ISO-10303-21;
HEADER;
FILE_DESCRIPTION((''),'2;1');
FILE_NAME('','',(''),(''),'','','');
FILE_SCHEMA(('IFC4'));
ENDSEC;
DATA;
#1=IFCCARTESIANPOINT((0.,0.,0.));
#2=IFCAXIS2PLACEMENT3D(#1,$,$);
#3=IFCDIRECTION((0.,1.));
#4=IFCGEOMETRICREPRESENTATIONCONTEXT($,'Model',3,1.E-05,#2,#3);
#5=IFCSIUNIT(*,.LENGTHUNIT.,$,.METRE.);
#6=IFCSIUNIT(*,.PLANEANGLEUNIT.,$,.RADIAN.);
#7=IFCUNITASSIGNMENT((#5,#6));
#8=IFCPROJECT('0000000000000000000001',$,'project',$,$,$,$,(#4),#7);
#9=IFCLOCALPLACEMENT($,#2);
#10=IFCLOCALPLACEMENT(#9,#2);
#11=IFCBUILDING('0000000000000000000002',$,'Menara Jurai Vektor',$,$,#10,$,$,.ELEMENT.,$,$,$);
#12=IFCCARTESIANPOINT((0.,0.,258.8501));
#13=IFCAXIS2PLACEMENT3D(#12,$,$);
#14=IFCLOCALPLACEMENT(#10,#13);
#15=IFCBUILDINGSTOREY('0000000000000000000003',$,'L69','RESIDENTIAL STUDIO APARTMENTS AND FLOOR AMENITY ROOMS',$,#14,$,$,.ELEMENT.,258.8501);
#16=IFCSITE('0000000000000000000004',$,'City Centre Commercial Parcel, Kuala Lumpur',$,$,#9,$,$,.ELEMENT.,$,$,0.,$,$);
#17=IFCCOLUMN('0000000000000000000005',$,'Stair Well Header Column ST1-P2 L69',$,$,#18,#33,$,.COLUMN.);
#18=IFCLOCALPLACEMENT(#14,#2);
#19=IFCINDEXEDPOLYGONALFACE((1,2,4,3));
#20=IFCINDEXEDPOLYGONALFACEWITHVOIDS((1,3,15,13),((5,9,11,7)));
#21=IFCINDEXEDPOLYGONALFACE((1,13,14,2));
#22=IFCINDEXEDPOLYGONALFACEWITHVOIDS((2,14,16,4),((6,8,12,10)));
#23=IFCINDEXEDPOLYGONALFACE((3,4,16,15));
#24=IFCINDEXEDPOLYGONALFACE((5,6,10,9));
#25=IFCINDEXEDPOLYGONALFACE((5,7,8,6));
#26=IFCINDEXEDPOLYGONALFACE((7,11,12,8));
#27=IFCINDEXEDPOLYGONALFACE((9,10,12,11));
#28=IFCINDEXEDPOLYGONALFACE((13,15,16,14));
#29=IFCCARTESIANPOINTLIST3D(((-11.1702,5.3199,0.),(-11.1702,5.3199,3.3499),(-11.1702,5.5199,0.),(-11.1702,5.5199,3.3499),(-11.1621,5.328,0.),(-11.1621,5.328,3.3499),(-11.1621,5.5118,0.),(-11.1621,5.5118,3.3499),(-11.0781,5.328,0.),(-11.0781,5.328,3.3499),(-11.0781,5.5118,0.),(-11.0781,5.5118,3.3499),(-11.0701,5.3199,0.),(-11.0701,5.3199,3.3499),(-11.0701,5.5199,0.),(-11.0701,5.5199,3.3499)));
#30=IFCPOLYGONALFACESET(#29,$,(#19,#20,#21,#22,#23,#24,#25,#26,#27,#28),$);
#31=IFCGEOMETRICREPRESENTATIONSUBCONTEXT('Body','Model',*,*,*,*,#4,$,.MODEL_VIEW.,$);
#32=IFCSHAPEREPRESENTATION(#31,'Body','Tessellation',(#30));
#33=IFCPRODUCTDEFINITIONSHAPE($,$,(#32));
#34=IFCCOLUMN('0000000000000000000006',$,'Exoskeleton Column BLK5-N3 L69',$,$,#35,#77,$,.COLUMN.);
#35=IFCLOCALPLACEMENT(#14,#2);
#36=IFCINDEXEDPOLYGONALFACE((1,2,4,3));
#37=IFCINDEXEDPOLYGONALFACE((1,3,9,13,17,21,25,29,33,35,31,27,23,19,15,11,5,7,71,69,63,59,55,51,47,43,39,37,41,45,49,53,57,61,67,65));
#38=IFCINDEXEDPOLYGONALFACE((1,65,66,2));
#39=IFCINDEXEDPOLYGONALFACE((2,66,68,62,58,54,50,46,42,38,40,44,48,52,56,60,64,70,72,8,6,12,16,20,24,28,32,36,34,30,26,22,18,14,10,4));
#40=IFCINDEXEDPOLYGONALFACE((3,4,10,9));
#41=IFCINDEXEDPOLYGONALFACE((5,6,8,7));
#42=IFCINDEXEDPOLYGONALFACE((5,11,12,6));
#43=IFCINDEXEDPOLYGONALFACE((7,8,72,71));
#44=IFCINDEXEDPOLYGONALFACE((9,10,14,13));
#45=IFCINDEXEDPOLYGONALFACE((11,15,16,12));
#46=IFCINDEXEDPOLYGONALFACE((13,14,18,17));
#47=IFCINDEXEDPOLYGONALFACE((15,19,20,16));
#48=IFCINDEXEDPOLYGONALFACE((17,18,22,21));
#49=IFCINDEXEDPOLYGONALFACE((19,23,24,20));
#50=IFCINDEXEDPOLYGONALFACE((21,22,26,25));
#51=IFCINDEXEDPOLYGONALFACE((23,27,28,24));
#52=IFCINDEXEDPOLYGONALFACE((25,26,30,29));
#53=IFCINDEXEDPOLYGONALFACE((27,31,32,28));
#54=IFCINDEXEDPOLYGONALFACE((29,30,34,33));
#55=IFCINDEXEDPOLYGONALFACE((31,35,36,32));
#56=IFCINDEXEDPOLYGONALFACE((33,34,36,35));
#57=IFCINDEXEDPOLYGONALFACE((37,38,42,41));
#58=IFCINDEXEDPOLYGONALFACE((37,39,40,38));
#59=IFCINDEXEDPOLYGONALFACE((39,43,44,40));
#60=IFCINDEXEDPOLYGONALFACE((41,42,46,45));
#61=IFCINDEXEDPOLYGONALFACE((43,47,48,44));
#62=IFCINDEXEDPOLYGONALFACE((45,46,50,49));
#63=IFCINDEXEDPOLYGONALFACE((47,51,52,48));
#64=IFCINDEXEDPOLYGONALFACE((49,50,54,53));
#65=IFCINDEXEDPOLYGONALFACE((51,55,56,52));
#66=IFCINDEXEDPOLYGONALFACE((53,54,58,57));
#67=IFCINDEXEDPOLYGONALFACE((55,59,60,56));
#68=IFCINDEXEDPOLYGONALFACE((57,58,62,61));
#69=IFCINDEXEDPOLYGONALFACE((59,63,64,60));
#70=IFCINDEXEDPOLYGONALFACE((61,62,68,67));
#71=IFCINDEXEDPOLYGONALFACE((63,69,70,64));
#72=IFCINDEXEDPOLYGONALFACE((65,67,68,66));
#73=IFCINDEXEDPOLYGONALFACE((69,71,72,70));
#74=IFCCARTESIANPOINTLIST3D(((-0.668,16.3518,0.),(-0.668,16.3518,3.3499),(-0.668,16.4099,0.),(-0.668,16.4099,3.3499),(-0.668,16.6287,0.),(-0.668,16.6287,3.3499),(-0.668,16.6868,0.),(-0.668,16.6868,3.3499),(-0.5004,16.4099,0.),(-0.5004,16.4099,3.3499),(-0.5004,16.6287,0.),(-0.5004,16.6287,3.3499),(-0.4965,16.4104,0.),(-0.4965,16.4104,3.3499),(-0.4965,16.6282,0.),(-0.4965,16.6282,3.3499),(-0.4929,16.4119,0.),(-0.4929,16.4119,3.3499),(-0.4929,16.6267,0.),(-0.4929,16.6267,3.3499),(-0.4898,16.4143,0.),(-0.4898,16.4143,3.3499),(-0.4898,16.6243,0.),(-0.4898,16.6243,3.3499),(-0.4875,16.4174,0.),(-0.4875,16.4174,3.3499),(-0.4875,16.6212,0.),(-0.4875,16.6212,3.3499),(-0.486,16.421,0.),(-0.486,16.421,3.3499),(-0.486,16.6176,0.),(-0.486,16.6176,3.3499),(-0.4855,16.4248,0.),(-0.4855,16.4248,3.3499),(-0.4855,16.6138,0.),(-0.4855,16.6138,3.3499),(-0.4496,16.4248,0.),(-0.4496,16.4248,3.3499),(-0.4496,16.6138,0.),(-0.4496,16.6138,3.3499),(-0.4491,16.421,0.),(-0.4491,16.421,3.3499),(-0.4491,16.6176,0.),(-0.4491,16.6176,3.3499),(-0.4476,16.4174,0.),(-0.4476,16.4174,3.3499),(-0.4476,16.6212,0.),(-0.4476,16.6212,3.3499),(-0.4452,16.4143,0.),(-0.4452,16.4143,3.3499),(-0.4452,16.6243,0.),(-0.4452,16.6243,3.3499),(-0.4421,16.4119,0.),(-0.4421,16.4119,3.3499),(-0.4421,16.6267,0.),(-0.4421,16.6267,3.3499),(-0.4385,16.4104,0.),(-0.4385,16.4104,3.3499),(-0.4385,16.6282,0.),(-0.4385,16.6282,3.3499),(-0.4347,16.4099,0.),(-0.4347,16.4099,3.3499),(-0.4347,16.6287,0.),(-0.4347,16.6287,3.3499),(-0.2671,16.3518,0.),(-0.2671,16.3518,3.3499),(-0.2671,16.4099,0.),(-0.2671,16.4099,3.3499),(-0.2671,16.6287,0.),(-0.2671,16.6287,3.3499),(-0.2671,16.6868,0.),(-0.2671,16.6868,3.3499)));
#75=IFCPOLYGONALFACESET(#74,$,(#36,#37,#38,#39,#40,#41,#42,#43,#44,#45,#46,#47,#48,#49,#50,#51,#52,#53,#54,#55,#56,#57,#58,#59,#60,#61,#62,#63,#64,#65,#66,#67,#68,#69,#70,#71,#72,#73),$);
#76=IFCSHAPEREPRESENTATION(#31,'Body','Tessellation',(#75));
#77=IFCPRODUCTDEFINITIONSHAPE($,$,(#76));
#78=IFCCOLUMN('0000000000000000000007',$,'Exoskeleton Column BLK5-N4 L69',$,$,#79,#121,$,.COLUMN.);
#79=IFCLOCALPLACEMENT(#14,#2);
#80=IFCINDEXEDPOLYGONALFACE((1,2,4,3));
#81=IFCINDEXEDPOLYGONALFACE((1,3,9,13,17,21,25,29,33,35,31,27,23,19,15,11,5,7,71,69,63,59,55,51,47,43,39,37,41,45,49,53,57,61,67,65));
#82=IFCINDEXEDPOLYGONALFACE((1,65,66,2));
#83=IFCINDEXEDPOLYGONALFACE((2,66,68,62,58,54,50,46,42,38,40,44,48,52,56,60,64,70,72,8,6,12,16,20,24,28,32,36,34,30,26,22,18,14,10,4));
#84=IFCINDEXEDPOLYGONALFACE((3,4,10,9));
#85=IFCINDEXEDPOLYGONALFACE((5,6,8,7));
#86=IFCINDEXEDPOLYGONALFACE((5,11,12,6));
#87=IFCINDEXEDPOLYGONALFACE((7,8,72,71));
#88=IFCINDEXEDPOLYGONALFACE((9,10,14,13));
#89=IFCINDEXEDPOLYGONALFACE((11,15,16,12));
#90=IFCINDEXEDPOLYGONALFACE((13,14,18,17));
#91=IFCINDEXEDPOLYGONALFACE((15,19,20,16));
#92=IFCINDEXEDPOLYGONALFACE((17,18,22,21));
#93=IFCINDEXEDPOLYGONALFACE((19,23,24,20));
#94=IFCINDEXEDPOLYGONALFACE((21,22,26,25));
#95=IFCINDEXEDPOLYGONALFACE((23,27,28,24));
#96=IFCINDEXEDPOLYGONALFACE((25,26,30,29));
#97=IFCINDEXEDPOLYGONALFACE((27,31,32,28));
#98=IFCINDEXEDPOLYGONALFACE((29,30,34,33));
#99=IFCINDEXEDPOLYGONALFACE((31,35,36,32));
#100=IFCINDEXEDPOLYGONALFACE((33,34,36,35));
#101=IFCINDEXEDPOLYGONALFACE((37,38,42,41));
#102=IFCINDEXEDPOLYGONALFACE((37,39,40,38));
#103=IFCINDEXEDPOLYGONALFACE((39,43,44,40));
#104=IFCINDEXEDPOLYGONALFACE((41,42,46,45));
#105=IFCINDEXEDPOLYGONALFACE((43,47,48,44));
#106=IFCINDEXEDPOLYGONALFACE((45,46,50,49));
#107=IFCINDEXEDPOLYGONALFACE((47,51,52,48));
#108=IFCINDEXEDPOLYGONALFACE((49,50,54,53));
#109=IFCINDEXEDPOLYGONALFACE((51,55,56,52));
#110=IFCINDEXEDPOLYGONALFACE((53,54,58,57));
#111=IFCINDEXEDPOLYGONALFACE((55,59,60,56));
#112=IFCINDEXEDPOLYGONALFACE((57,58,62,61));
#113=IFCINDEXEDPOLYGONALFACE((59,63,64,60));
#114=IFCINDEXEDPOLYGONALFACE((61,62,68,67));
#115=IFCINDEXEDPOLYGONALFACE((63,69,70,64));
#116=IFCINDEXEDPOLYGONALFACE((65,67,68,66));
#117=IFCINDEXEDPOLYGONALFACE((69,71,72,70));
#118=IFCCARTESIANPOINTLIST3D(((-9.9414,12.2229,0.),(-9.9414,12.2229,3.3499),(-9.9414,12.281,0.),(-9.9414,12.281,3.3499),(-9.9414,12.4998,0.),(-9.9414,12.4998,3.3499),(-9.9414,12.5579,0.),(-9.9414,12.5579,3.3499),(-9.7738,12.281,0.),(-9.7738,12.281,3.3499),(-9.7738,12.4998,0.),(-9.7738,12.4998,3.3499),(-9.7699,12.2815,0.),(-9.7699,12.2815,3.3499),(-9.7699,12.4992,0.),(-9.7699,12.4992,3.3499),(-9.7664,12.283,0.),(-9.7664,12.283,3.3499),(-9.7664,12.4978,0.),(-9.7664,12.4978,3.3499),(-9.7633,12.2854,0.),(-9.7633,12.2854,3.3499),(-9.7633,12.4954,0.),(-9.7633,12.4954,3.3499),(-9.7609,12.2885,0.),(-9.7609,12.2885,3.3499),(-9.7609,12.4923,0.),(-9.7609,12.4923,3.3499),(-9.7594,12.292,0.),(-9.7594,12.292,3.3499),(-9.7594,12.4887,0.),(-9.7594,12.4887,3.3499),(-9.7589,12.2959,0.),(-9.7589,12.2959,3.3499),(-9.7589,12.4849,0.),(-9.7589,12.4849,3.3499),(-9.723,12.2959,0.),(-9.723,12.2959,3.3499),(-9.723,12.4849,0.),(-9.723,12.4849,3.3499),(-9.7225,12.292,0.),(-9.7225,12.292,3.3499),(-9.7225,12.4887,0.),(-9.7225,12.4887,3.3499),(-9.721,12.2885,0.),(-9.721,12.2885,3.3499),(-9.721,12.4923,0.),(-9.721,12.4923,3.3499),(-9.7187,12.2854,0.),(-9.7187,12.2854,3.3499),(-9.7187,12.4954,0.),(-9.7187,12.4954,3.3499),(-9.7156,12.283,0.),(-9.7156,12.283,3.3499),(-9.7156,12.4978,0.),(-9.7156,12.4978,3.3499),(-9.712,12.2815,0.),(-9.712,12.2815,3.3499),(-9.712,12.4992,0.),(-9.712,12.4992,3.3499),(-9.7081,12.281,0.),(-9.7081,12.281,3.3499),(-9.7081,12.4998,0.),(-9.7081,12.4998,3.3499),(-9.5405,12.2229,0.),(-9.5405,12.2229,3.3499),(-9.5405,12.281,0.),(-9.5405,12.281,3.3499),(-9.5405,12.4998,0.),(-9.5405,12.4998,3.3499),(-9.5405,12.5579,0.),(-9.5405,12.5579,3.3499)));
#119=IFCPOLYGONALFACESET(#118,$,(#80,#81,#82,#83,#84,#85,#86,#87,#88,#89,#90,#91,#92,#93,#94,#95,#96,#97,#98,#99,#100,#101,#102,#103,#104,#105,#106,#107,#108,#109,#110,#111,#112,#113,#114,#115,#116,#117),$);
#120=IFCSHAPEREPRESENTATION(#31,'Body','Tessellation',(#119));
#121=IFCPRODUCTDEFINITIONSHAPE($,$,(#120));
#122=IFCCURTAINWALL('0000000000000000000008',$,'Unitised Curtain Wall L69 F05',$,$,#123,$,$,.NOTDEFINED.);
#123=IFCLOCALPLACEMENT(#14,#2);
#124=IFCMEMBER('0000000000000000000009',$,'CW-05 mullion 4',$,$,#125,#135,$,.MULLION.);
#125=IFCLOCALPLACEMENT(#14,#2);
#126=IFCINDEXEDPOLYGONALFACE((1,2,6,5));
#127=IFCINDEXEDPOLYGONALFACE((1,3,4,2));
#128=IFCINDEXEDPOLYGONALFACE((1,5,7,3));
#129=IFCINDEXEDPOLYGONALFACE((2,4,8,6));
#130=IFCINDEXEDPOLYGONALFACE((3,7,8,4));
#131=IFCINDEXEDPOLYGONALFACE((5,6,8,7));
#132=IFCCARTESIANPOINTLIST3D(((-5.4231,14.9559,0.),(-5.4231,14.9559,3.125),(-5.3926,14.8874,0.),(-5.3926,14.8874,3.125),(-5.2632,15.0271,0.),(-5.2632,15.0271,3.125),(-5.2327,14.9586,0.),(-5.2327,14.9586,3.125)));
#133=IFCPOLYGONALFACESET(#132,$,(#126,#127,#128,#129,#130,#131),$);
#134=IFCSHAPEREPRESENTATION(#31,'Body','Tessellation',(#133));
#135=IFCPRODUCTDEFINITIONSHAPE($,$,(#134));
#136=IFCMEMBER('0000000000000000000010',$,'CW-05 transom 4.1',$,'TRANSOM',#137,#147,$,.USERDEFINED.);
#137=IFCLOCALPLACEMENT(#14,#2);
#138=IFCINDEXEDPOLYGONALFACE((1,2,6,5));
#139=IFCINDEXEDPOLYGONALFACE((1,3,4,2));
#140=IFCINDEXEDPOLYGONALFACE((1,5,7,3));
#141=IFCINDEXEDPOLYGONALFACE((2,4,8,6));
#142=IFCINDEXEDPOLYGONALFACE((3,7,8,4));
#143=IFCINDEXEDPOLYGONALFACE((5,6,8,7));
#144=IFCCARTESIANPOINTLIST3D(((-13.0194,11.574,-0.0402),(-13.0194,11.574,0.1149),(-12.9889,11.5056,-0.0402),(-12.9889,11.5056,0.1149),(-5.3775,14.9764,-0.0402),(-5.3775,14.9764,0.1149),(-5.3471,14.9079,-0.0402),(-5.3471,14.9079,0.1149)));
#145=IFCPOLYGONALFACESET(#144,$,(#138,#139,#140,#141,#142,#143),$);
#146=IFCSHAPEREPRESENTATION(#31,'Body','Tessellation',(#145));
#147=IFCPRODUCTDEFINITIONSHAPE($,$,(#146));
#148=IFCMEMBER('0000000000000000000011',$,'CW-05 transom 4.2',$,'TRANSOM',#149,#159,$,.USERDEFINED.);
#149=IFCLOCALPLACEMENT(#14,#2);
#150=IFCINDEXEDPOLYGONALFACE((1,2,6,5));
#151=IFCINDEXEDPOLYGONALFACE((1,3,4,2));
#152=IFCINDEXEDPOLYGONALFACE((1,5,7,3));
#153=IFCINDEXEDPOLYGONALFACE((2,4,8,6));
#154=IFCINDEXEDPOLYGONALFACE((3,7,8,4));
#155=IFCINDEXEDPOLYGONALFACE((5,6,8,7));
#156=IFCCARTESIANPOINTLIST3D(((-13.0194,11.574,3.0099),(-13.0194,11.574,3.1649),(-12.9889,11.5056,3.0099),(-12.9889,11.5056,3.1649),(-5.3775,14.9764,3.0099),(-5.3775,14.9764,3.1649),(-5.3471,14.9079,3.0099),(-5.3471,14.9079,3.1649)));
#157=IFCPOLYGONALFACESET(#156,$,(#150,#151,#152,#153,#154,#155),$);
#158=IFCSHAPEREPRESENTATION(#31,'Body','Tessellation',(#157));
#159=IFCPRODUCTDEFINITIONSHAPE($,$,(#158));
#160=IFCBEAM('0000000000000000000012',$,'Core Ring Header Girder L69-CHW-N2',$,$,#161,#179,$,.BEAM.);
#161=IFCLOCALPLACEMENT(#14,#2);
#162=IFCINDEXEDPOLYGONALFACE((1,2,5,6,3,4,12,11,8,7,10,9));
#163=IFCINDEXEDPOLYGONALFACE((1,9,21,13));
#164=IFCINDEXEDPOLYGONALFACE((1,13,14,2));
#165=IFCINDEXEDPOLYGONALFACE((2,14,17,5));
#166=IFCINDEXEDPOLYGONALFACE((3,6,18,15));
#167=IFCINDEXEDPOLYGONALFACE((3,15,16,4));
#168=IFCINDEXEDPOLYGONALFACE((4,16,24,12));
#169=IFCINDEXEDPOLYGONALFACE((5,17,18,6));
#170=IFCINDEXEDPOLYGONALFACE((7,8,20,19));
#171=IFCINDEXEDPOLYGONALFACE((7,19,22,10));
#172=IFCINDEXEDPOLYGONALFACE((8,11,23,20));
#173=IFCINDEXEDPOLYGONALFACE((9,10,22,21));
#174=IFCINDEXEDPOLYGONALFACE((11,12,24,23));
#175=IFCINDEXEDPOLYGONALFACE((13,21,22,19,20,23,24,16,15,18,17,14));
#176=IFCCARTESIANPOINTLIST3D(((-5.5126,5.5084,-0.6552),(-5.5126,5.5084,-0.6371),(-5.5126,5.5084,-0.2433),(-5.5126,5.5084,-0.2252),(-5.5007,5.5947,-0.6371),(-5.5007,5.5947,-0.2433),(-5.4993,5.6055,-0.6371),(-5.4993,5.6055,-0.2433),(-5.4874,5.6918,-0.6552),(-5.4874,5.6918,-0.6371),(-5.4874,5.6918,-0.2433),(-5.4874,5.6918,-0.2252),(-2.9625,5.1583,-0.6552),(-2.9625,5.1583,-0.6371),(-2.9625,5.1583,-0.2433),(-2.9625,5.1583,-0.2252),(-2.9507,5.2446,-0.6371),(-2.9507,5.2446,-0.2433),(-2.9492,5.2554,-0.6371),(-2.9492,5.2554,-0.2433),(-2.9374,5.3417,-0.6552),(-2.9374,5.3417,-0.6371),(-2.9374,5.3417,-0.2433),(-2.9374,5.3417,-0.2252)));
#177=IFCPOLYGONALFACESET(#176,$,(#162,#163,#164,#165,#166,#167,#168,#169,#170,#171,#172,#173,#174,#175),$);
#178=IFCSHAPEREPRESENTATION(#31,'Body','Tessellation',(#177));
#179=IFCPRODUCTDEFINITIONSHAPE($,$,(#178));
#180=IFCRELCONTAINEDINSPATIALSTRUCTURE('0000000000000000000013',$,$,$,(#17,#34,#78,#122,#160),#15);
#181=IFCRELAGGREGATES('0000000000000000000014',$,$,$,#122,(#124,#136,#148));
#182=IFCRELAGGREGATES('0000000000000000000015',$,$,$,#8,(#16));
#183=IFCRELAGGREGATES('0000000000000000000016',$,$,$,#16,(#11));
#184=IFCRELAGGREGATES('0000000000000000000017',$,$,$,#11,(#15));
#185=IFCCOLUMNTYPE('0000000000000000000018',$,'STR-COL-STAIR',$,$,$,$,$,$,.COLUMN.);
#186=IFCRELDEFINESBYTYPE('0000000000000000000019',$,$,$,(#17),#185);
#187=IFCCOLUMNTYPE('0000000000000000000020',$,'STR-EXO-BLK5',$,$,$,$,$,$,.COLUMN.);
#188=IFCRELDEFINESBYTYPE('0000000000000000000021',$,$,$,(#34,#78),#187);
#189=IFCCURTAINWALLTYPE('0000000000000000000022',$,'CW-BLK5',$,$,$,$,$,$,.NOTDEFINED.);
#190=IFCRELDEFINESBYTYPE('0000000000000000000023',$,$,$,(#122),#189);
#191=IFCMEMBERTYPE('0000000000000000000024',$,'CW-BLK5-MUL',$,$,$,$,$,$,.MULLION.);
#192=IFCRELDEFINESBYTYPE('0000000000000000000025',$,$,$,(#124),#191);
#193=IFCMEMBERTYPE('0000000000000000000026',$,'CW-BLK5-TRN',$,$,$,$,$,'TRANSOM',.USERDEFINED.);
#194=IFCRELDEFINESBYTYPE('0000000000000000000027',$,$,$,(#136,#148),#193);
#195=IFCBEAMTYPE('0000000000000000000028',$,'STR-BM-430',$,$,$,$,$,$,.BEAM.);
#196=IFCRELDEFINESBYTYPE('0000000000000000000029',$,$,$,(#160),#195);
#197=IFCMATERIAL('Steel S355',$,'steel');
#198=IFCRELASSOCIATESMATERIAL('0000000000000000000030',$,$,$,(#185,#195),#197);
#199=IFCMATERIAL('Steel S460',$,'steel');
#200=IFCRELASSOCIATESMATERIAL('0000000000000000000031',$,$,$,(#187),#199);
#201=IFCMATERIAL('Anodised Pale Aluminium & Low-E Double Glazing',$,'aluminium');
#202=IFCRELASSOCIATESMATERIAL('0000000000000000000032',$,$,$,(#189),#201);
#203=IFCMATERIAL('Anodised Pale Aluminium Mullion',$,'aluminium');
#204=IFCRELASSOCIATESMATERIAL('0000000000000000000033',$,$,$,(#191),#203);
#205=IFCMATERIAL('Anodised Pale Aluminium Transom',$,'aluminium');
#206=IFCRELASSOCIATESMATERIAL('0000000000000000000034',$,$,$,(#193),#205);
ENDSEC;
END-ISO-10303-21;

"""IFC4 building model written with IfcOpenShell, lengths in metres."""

from ifc_helpers import new_model, si_unit, direction, frame, origin, origin_2d, place, context, subcontext, project, spatial, rectangle, hollow_rectangle, i_section, extrude, material, material_profile, profile_set, type_object, element, aggregate, save


model = new_model("IFC4")

# Units and contexts
model_context = context("Model", 3, precision=1e-05, world=origin(), true_north=direction((0.0, 1.0)))
body_context = subcontext(model_context, "Body", "Model", "MODEL_VIEW")
ifc_project = project(units=[si_unit("LENGTHUNIT", "METRE"), si_unit("PLANEANGLEUNIT", "RADIAN")], contexts=[model_context])

# Site, building, storey
site_placement = place(None, origin())
site = spatial("IfcSite", under=ifc_project, at=site_placement, Name="City Centre Commercial Parcel, Kuala Lumpur", CompositionType="ELEMENT", RefElevation=0.0)
building_placement = place(site_placement, origin())
building = spatial("IfcBuilding", under=site, at=building_placement, Name="Menara Jurai Vektor", CompositionType="ELEMENT")
storey_placement = place(building_placement, frame((0.0, 0.0, 258.8501)))
storey = spatial("IfcBuildingStorey", under=building, at=storey_placement, Name="L69", Description="RESIDENTIAL STUDIO APARTMENTS AND FLOOR AMENITY ROOMS", CompositionType="ELEMENT", Elevation=258.8501)

# Columns
ifc_material_1 = material(Name="Steel S355", Category="steel")
ifc_material_profile_1 = material_profile(ifc_material_1, hollow_rectangle(XDim=0.1001, YDim=0.2, WallThickness=0.0081, at=origin_2d()), Name="RHS 200x100x8")
ifc_profile_set_1 = profile_set([ifc_material_profile_1], Name="Steel S355")
column_type_1 = type_object("IfcColumnType", Name="STR-COL-STAIR", PredefinedType="COLUMN", material=ifc_profile_set_1)
column_placement = place(storey_placement, frame((-11.1201, 5.4199, 0.0), z_axis=(0.0, 0.0, 1.0), x_axis=(1.0, 0.0, 0.0)))
element("IfcColumn", 1, at=column_placement, inside=storey, type_object=column_type_1, Name="Stair Well Header Column ST1-P2 L69", PredefinedType="COLUMN", context=body_context, shape_type="SweptSolid", body=[
    extrude(hollow_rectangle(XDim=0.1001, YDim=0.2, WallThickness=0.0081, at=origin_2d()), origin(), (0.0, 0.0, 1.0), 3.3499),
])
ifc_material_2 = material(Name="Steel S460", Category="steel")
ifc_material_profile_2 = material_profile(ifc_material_2, i_section(OverallWidth=0.4009, OverallDepth=0.335, WebThickness=0.0359, FlangeThickness=0.0581, FilletRadius=0.0149, at=origin_2d()), Name="HD 400x463")
ifc_profile_set_2 = profile_set([ifc_material_profile_2], Name="Steel S460")
column_type_2 = type_object("IfcColumnType", Name="STR-EXO-BLK5", PredefinedType="COLUMN", material=ifc_profile_set_2)
for number, where, z_axis, x_axis, name in (
    (2, (-0.4675, 16.5193, 0.0), (0.0, 0.0, 1.0), (1.0, 0.0, 0.0), "Exoskeleton Column BLK5-N3 L69"),
    (3, (-9.741, 12.3904, 0.0), (0.0, 0.0, 1.0), (1.0, 0.0, 0.0), "Exoskeleton Column BLK5-N4 L69"),
):
    element("IfcColumn", number, at=place(storey_placement, frame(where, z_axis=z_axis, x_axis=x_axis)), inside=storey, type_object=column_type_2, Name=name, PredefinedType="COLUMN", context=body_context, shape_type="SweptSolid", body=[
        extrude(i_section(OverallWidth=0.4009, OverallDepth=0.335, WebThickness=0.0359, FlangeThickness=0.0581, FilletRadius=0.0149, at=origin_2d()), origin(), (0.0, 0.0, 1.0), 3.3499),
    ])

# Curtain wall, members
ifc_material_3 = material(Name="Anodised Pale Aluminium & Low-E Double Glazing", Category="aluminium")
curtain_wall_type = type_object("IfcCurtainWallType", Name="CW-BLK5", PredefinedType="NOTDEFINED", material=ifc_material_3)
curtain_wall_placement = place(storey_placement, origin())
curtain_wall = element("IfcCurtainWall", 4, at=curtain_wall_placement, inside=storey, type_object=curtain_wall_type, Name="Unitised Curtain Wall L69 F05", PredefinedType="NOTDEFINED")
ifc_material_4 = material(Name="Anodised Pale Aluminium Mullion", Category="aluminium")
ifc_material_profile_3 = material_profile(ifc_material_4, rectangle(XDim=0.075, YDim=0.175, at=origin_2d()), Name="ALU MUL 75x175")
ifc_profile_set_3 = profile_set([ifc_material_profile_3], Name="Anodised Pale Aluminium Mullion")
member_type_1 = type_object("IfcMemberType", Name="CW-BLK5-MUL", PredefinedType="MULLION", material=ifc_profile_set_3)
member_1_placement = place(storey_placement, frame((-5.3279, 14.9573, 0.0), z_axis=(0.0, 0.0, 1.0), x_axis=(0.406735, -0.913546, 0.0)))
member_1 = element("IfcMember", 5, at=member_1_placement, type_object=member_type_1, Name="CW-05 mullion 4", PredefinedType="MULLION", context=body_context, shape_type="SweptSolid", body=[
    extrude(rectangle(XDim=0.075, YDim=0.175, at=origin_2d()), origin(), (0.0, 0.0, 1.0), 3.125),
])
ifc_material_5 = material(Name="Anodised Pale Aluminium Transom", Category="aluminium")
ifc_material_profile_4 = material_profile(ifc_material_5, rectangle(XDim=0.075, YDim=0.155, at=origin_2d()), Name="ALU TRN 75x155")
ifc_profile_set_4 = profile_set([ifc_material_profile_4], Name="Anodised Pale Aluminium Transom")
member_type_2 = type_object("IfcMemberType", Name="CW-BLK5-TRN", ElementType="TRANSOM", PredefinedType="USERDEFINED", material=ifc_profile_set_4)
member_2_placement = place(storey_placement, frame((-5.3623, 14.9421, 0.0374), z_axis=(-0.913547, -0.406734, 0.0), x_axis=(0.406734, -0.913547, 0.0)))
member_2 = element("IfcMember", 6, at=member_2_placement, type_object=member_type_2, Name="CW-05 transom 4.1", ObjectType="TRANSOM", PredefinedType="USERDEFINED", context=body_context, shape_type="SweptSolid", body=[
    extrude(rectangle(XDim=0.075, YDim=0.155, at=origin_2d()), origin(), (0.0, 0.0, 1.0), 8.365),
])
member_3_placement = place(storey_placement, frame((-5.3623, 14.9421, 3.0874), z_axis=(-0.913547, -0.406734, 0.0), x_axis=(0.406734, -0.913547, 0.0)))
member_3 = element("IfcMember", 7, at=member_3_placement, type_object=member_type_2, Name="CW-05 transom 4.2", ObjectType="TRANSOM", PredefinedType="USERDEFINED", context=body_context, shape_type="SweptSolid", body=[
    extrude(rectangle(XDim=0.075, YDim=0.155, at=origin_2d()), origin(), (0.0, 0.0, 1.0), 8.365),
])

# Beam
ifc_material_profile_5 = material_profile(ifc_material_1, i_section(OverallWidth=0.1851, OverallDepth=0.4299, WebThickness=0.011, FlangeThickness=0.0181, at=origin_2d()), Name="PG 430x185x76")
ifc_profile_set_5 = profile_set([ifc_material_profile_5], Name="Steel S355")
beam_type_1 = type_object("IfcBeamType", Name="STR-BM-430", PredefinedType="BEAM", material=ifc_profile_set_5)
beam_1_placement = place(storey_placement, frame((-5.5, 5.6001, -0.4402), z_axis=(0.990707, -0.136015, 0.0), x_axis=(0.136015, 0.990707, 0.0)))
element("IfcBeam", 8, at=beam_1_placement, inside=storey, type_object=beam_type_1, Name="Core Ring Header Girder L69-CHW-N2", PredefinedType="BEAM", context=body_context, shape_type="SweptSolid", body=[
    extrude(i_section(OverallWidth=0.1851, OverallDepth=0.4299, WebThickness=0.011, FlangeThickness=0.0181, at=origin_2d()), origin(), (0.0, 0.0, 1.0), 2.574),
])

aggregate(curtain_wall, [member_1, member_2, member_3])

save(model, "model.ifc")
